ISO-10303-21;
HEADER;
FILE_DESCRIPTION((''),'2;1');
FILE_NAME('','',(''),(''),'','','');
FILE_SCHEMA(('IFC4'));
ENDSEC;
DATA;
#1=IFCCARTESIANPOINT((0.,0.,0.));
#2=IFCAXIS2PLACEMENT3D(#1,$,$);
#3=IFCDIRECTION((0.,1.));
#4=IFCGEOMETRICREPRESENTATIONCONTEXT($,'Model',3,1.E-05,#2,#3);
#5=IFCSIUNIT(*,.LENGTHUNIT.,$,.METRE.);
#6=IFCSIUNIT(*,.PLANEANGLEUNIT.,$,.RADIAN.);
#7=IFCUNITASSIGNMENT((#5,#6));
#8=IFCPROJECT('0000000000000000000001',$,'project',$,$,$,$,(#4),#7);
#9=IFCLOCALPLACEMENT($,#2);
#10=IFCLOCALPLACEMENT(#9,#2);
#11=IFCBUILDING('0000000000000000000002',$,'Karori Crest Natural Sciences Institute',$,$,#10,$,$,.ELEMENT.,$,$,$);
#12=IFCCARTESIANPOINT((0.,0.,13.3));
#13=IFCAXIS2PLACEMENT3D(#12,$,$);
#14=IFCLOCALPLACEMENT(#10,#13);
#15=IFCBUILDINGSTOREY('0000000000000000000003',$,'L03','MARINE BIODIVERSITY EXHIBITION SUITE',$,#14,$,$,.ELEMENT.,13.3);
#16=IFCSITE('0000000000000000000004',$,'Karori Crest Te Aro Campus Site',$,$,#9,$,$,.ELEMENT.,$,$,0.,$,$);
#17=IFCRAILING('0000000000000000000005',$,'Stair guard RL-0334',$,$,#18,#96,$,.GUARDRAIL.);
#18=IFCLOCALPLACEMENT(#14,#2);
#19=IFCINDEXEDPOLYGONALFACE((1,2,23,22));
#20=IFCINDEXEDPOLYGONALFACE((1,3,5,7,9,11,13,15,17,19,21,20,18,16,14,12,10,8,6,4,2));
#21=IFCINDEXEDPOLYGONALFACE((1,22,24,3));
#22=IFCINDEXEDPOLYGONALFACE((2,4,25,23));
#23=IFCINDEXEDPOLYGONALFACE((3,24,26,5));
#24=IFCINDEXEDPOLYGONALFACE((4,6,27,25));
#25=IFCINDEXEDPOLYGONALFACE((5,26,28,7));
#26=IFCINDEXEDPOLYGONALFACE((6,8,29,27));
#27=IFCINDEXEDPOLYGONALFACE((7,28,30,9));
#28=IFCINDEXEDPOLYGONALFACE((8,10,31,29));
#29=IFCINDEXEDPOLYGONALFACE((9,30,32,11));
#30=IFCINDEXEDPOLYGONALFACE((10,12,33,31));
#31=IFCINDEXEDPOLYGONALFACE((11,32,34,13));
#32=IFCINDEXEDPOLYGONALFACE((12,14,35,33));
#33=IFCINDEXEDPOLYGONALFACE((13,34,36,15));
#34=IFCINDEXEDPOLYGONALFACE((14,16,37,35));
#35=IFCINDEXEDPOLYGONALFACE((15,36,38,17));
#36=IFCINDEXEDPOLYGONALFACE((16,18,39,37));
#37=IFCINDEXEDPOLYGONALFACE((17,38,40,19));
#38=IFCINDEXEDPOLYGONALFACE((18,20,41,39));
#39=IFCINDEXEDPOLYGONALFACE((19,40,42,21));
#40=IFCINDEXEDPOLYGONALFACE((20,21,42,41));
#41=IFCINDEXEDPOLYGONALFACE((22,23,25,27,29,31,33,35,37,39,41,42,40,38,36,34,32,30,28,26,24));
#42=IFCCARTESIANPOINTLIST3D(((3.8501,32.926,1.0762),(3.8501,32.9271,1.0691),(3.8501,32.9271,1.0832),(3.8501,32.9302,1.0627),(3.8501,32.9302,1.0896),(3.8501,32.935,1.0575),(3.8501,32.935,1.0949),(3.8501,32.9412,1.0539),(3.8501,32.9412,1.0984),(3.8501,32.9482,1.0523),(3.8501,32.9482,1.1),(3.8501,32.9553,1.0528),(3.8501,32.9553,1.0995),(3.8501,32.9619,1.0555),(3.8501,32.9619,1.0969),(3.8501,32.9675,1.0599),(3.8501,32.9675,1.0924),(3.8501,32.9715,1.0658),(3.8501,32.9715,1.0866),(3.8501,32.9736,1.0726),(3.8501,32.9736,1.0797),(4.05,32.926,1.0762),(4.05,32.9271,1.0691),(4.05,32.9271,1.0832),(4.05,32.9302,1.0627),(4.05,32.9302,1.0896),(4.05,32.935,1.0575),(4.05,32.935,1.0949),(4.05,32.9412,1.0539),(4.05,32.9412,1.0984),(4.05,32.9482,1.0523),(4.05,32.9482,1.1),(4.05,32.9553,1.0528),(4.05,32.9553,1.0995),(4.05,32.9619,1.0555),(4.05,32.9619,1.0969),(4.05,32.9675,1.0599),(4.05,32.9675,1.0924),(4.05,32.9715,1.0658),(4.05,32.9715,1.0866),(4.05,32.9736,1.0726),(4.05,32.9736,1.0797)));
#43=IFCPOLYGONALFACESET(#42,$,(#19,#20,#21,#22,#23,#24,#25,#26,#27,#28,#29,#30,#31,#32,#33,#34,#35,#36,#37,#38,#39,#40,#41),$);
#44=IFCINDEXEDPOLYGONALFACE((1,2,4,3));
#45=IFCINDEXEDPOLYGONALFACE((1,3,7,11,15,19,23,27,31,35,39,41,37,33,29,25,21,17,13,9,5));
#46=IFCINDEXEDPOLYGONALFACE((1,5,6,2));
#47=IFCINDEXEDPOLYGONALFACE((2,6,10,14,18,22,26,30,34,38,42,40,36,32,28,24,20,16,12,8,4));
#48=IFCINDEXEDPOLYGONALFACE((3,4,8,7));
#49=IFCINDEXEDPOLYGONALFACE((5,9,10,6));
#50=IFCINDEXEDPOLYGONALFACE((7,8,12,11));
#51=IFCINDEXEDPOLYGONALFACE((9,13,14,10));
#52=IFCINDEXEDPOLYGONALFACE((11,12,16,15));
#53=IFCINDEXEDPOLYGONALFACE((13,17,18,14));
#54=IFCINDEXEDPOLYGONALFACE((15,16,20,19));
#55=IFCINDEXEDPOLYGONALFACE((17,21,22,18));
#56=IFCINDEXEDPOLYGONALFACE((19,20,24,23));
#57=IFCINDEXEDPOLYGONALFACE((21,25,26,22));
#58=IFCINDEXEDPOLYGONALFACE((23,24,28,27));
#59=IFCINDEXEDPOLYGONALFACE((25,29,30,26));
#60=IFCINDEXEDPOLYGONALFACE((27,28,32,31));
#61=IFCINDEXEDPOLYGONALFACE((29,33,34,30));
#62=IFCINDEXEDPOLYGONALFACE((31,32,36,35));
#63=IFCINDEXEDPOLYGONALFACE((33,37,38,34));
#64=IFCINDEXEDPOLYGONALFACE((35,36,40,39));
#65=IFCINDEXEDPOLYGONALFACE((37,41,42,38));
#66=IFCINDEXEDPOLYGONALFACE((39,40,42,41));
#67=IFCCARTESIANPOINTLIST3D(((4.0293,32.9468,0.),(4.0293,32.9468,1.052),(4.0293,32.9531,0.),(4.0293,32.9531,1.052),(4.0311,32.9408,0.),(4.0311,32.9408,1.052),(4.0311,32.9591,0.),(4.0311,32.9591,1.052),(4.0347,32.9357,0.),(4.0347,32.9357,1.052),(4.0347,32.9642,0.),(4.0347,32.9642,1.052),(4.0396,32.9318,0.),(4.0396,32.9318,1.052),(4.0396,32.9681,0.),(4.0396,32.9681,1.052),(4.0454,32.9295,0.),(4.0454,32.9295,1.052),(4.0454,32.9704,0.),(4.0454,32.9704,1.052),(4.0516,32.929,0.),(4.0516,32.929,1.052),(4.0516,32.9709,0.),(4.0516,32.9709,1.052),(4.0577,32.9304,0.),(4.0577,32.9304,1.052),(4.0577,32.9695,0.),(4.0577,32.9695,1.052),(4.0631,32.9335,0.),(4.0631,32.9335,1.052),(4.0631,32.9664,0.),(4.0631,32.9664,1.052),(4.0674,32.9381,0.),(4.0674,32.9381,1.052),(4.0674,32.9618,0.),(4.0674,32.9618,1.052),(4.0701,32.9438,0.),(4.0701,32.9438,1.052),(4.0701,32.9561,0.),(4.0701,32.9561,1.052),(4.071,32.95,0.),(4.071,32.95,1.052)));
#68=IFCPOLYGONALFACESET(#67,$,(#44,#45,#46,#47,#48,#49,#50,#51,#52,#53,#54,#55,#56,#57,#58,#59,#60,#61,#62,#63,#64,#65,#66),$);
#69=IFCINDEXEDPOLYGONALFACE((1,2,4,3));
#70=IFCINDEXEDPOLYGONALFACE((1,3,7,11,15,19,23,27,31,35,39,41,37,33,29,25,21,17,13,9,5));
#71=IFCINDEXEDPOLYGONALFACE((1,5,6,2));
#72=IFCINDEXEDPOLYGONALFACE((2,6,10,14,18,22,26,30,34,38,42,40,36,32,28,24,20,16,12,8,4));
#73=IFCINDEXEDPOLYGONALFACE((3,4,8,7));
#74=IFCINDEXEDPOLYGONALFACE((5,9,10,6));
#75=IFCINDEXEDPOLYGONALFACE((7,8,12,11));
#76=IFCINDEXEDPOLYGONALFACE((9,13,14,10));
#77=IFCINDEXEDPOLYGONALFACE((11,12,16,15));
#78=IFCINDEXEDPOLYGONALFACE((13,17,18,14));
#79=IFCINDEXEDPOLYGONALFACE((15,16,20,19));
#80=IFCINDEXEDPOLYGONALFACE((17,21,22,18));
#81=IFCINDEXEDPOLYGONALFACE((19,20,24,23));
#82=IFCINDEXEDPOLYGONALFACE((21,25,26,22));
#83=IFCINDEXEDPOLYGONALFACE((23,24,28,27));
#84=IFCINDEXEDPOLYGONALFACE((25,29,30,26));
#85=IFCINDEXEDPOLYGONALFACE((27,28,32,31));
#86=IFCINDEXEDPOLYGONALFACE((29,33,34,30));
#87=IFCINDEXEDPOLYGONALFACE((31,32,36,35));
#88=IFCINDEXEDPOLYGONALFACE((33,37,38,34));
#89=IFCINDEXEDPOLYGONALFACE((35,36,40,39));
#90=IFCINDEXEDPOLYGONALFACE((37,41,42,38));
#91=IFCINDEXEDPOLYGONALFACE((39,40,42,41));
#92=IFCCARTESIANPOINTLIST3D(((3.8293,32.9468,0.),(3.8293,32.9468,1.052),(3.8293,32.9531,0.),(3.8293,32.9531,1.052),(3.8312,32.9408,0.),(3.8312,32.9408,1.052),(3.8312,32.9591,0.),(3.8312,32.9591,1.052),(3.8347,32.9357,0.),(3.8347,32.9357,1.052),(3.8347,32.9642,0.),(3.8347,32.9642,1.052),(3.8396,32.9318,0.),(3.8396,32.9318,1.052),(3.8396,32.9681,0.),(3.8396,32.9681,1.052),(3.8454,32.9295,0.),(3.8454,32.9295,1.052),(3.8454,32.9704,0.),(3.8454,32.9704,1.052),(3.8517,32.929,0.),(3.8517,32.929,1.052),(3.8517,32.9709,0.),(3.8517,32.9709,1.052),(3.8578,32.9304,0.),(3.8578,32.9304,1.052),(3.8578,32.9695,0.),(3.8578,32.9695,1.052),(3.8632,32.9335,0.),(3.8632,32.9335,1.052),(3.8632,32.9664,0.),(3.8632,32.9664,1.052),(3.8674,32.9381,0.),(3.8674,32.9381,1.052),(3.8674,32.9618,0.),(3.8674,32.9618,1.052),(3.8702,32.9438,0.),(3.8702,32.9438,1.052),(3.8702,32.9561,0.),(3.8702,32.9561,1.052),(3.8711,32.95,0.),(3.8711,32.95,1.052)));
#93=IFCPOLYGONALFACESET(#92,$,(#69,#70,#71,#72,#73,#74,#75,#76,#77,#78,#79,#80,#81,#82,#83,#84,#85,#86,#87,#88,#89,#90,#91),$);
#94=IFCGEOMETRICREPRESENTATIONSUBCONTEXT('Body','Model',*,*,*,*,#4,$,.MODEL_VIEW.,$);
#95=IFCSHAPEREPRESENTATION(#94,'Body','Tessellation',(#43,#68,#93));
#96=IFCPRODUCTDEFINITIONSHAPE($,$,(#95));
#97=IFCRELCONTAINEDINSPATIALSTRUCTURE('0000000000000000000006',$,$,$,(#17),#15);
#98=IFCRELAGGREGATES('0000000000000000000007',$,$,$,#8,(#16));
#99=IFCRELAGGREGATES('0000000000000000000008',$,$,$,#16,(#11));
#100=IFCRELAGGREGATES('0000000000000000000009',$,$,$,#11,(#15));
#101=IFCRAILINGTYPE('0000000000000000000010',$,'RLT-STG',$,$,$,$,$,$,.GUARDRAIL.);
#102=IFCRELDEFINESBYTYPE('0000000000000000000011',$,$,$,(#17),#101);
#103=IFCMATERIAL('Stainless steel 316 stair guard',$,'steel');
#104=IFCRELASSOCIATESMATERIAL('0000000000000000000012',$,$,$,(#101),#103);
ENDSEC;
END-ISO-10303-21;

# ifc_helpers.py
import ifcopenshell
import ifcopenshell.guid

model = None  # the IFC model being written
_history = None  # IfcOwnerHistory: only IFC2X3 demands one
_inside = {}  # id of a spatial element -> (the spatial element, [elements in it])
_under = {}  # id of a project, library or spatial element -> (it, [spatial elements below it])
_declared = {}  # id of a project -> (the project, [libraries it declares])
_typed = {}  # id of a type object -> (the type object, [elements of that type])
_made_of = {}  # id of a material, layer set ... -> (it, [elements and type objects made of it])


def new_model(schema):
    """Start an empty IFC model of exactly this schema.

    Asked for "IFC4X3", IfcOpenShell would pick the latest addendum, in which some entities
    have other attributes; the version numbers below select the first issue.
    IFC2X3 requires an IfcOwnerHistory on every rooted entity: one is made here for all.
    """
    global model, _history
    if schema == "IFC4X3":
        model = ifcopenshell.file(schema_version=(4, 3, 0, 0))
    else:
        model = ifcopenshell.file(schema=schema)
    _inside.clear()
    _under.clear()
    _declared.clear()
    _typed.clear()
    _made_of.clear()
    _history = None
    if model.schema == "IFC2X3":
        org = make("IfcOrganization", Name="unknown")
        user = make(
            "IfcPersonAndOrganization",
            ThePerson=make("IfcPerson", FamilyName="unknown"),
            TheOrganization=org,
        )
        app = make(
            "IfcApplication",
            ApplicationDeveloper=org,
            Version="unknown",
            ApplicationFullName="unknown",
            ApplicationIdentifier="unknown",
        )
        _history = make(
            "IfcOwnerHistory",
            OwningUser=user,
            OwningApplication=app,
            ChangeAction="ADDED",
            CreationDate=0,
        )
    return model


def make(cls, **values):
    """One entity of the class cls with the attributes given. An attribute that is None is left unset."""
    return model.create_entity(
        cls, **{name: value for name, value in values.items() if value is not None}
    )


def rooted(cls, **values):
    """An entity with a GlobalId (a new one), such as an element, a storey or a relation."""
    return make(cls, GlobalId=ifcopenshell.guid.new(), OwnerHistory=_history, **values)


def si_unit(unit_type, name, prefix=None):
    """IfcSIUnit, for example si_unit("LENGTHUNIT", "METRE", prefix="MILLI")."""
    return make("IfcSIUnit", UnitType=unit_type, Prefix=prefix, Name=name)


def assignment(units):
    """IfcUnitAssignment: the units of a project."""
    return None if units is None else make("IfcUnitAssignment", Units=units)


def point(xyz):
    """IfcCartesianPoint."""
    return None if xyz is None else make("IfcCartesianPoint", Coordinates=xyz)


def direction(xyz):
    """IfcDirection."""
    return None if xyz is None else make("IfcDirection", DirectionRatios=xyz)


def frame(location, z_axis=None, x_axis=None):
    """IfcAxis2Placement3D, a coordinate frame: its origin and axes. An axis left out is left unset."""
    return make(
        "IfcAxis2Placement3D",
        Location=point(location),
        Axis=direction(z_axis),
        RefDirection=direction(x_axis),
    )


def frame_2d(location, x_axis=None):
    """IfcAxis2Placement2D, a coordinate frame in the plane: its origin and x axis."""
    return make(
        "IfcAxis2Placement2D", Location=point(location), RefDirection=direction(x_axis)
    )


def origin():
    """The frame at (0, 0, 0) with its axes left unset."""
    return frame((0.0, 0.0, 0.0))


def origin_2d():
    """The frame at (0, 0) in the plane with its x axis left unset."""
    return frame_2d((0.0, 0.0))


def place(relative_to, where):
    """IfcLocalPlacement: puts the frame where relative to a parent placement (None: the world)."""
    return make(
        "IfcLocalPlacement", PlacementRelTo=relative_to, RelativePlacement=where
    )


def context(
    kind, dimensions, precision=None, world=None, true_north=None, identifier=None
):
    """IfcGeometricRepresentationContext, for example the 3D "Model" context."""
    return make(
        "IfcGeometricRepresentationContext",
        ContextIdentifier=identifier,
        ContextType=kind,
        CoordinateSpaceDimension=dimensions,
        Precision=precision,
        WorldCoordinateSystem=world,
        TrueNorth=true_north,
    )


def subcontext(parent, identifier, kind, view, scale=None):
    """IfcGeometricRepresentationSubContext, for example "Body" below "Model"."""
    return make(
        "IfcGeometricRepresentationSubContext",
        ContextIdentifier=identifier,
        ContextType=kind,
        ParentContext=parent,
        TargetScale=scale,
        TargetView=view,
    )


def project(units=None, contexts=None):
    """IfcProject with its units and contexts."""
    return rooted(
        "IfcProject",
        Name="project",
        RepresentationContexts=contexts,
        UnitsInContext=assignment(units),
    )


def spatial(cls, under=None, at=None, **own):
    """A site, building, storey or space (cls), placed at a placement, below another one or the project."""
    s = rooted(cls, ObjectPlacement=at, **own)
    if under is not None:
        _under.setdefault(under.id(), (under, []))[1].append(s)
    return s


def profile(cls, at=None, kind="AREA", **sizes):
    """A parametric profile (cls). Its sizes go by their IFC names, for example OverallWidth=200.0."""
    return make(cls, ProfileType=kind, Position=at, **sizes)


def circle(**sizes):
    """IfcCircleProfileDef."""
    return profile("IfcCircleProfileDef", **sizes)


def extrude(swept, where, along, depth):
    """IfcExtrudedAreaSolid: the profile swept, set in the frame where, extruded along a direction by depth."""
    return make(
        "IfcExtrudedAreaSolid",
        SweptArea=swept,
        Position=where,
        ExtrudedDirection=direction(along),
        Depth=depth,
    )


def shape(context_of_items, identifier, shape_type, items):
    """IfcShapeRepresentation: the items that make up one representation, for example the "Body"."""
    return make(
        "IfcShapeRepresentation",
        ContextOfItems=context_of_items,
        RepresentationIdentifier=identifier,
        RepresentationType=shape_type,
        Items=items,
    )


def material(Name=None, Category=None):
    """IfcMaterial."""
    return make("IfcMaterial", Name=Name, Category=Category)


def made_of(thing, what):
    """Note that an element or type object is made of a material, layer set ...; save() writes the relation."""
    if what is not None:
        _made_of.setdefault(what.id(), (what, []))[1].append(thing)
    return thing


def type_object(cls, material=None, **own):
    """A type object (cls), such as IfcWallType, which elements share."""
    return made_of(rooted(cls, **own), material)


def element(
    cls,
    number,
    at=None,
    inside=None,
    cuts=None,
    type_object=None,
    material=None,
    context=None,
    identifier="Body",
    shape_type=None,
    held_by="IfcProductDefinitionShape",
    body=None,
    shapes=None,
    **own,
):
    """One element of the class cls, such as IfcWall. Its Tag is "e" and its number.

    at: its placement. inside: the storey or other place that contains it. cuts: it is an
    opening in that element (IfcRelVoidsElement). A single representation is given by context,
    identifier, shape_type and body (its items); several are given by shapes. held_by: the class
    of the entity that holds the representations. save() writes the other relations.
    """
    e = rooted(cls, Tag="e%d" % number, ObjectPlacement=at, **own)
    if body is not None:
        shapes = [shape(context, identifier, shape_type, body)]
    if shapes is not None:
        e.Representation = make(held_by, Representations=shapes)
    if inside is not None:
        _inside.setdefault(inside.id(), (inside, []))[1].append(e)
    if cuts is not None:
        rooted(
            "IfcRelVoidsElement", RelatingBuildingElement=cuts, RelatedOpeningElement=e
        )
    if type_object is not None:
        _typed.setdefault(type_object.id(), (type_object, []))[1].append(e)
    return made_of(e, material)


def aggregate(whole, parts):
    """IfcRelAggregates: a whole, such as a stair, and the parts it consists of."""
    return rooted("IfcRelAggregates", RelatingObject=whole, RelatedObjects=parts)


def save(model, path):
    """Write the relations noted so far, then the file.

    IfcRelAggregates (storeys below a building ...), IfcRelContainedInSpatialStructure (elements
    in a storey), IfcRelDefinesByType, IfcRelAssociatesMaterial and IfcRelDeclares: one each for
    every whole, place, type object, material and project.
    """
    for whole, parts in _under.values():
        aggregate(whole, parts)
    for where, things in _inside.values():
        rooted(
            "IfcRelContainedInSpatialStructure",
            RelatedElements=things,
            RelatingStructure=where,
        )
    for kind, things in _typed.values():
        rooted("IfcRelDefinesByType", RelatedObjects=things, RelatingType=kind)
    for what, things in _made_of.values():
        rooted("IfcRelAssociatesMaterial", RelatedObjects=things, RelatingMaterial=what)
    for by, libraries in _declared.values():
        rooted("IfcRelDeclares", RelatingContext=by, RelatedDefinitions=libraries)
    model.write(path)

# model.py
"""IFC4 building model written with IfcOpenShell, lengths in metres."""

from ifc_helpers import new_model, si_unit, direction, frame, origin, origin_2d, place, context, subcontext, project, spatial, circle, extrude, material, type_object, element, save


model = new_model("IFC4")

# Units and contexts
model_context = context("Model", 3, precision=1e-05, world=origin(), true_north=direction((0.0, 1.0)))
body_context = subcontext(model_context, "Body", "Model", "MODEL_VIEW")
ifc_project = project(units=[si_unit("LENGTHUNIT", "METRE"), si_unit("PLANEANGLEUNIT", "RADIAN")], contexts=[model_context])

# Site, building, storey
site_placement = place(None, origin())
site = spatial("IfcSite", under=ifc_project, at=site_placement, Name="Karori Crest Te Aro Campus Site", CompositionType="ELEMENT", RefElevation=0.0)
building_placement = place(site_placement, origin())
building = spatial("IfcBuilding", under=site, at=building_placement, Name="Karori Crest Natural Sciences Institute", CompositionType="ELEMENT")
storey_placement = place(building_placement, frame((0.0, 0.0, 13.3)))
storey = spatial("IfcBuildingStorey", under=building, at=storey_placement, Name="L03", Description="MARINE BIODIVERSITY EXHIBITION SUITE", CompositionType="ELEMENT", Elevation=13.3)

# Railing
ifc_material_1 = material(Name="Stainless steel 316 stair guard", Category="steel")
railing_type_1 = type_object("IfcRailingType", Name="RLT-STG", PredefinedType="GUARDRAIL", material=ifc_material_1)
railing_1_placement = place(storey_placement, frame((4.05, 32.95, 0.0)))
element("IfcRailing", 1, at=railing_1_placement, inside=storey, type_object=railing_type_1, Name="Stair guard RL-0334", PredefinedType="GUARDRAIL", context=body_context, shape_type="SweptSolid", body=[
    extrude(circle(Radius=0.0239, at=origin_2d()), frame((0.0, 0.0, 1.0762), z_axis=(-1.0, 0.0, 0.0), x_axis=(0.0, -1.0, 0.0)), (0.0, 0.0, 1.0), 0.2),
    extrude(circle(Radius=0.021, at=origin_2d()), origin(), (0.0, 0.0, 1.0), 1.052),
    extrude(circle(Radius=0.021, at=origin_2d()), frame((-0.2, 0.0, 0.0)), (0.0, 0.0, 1.0), 1.052),
])

save(model, "model.ifc")
